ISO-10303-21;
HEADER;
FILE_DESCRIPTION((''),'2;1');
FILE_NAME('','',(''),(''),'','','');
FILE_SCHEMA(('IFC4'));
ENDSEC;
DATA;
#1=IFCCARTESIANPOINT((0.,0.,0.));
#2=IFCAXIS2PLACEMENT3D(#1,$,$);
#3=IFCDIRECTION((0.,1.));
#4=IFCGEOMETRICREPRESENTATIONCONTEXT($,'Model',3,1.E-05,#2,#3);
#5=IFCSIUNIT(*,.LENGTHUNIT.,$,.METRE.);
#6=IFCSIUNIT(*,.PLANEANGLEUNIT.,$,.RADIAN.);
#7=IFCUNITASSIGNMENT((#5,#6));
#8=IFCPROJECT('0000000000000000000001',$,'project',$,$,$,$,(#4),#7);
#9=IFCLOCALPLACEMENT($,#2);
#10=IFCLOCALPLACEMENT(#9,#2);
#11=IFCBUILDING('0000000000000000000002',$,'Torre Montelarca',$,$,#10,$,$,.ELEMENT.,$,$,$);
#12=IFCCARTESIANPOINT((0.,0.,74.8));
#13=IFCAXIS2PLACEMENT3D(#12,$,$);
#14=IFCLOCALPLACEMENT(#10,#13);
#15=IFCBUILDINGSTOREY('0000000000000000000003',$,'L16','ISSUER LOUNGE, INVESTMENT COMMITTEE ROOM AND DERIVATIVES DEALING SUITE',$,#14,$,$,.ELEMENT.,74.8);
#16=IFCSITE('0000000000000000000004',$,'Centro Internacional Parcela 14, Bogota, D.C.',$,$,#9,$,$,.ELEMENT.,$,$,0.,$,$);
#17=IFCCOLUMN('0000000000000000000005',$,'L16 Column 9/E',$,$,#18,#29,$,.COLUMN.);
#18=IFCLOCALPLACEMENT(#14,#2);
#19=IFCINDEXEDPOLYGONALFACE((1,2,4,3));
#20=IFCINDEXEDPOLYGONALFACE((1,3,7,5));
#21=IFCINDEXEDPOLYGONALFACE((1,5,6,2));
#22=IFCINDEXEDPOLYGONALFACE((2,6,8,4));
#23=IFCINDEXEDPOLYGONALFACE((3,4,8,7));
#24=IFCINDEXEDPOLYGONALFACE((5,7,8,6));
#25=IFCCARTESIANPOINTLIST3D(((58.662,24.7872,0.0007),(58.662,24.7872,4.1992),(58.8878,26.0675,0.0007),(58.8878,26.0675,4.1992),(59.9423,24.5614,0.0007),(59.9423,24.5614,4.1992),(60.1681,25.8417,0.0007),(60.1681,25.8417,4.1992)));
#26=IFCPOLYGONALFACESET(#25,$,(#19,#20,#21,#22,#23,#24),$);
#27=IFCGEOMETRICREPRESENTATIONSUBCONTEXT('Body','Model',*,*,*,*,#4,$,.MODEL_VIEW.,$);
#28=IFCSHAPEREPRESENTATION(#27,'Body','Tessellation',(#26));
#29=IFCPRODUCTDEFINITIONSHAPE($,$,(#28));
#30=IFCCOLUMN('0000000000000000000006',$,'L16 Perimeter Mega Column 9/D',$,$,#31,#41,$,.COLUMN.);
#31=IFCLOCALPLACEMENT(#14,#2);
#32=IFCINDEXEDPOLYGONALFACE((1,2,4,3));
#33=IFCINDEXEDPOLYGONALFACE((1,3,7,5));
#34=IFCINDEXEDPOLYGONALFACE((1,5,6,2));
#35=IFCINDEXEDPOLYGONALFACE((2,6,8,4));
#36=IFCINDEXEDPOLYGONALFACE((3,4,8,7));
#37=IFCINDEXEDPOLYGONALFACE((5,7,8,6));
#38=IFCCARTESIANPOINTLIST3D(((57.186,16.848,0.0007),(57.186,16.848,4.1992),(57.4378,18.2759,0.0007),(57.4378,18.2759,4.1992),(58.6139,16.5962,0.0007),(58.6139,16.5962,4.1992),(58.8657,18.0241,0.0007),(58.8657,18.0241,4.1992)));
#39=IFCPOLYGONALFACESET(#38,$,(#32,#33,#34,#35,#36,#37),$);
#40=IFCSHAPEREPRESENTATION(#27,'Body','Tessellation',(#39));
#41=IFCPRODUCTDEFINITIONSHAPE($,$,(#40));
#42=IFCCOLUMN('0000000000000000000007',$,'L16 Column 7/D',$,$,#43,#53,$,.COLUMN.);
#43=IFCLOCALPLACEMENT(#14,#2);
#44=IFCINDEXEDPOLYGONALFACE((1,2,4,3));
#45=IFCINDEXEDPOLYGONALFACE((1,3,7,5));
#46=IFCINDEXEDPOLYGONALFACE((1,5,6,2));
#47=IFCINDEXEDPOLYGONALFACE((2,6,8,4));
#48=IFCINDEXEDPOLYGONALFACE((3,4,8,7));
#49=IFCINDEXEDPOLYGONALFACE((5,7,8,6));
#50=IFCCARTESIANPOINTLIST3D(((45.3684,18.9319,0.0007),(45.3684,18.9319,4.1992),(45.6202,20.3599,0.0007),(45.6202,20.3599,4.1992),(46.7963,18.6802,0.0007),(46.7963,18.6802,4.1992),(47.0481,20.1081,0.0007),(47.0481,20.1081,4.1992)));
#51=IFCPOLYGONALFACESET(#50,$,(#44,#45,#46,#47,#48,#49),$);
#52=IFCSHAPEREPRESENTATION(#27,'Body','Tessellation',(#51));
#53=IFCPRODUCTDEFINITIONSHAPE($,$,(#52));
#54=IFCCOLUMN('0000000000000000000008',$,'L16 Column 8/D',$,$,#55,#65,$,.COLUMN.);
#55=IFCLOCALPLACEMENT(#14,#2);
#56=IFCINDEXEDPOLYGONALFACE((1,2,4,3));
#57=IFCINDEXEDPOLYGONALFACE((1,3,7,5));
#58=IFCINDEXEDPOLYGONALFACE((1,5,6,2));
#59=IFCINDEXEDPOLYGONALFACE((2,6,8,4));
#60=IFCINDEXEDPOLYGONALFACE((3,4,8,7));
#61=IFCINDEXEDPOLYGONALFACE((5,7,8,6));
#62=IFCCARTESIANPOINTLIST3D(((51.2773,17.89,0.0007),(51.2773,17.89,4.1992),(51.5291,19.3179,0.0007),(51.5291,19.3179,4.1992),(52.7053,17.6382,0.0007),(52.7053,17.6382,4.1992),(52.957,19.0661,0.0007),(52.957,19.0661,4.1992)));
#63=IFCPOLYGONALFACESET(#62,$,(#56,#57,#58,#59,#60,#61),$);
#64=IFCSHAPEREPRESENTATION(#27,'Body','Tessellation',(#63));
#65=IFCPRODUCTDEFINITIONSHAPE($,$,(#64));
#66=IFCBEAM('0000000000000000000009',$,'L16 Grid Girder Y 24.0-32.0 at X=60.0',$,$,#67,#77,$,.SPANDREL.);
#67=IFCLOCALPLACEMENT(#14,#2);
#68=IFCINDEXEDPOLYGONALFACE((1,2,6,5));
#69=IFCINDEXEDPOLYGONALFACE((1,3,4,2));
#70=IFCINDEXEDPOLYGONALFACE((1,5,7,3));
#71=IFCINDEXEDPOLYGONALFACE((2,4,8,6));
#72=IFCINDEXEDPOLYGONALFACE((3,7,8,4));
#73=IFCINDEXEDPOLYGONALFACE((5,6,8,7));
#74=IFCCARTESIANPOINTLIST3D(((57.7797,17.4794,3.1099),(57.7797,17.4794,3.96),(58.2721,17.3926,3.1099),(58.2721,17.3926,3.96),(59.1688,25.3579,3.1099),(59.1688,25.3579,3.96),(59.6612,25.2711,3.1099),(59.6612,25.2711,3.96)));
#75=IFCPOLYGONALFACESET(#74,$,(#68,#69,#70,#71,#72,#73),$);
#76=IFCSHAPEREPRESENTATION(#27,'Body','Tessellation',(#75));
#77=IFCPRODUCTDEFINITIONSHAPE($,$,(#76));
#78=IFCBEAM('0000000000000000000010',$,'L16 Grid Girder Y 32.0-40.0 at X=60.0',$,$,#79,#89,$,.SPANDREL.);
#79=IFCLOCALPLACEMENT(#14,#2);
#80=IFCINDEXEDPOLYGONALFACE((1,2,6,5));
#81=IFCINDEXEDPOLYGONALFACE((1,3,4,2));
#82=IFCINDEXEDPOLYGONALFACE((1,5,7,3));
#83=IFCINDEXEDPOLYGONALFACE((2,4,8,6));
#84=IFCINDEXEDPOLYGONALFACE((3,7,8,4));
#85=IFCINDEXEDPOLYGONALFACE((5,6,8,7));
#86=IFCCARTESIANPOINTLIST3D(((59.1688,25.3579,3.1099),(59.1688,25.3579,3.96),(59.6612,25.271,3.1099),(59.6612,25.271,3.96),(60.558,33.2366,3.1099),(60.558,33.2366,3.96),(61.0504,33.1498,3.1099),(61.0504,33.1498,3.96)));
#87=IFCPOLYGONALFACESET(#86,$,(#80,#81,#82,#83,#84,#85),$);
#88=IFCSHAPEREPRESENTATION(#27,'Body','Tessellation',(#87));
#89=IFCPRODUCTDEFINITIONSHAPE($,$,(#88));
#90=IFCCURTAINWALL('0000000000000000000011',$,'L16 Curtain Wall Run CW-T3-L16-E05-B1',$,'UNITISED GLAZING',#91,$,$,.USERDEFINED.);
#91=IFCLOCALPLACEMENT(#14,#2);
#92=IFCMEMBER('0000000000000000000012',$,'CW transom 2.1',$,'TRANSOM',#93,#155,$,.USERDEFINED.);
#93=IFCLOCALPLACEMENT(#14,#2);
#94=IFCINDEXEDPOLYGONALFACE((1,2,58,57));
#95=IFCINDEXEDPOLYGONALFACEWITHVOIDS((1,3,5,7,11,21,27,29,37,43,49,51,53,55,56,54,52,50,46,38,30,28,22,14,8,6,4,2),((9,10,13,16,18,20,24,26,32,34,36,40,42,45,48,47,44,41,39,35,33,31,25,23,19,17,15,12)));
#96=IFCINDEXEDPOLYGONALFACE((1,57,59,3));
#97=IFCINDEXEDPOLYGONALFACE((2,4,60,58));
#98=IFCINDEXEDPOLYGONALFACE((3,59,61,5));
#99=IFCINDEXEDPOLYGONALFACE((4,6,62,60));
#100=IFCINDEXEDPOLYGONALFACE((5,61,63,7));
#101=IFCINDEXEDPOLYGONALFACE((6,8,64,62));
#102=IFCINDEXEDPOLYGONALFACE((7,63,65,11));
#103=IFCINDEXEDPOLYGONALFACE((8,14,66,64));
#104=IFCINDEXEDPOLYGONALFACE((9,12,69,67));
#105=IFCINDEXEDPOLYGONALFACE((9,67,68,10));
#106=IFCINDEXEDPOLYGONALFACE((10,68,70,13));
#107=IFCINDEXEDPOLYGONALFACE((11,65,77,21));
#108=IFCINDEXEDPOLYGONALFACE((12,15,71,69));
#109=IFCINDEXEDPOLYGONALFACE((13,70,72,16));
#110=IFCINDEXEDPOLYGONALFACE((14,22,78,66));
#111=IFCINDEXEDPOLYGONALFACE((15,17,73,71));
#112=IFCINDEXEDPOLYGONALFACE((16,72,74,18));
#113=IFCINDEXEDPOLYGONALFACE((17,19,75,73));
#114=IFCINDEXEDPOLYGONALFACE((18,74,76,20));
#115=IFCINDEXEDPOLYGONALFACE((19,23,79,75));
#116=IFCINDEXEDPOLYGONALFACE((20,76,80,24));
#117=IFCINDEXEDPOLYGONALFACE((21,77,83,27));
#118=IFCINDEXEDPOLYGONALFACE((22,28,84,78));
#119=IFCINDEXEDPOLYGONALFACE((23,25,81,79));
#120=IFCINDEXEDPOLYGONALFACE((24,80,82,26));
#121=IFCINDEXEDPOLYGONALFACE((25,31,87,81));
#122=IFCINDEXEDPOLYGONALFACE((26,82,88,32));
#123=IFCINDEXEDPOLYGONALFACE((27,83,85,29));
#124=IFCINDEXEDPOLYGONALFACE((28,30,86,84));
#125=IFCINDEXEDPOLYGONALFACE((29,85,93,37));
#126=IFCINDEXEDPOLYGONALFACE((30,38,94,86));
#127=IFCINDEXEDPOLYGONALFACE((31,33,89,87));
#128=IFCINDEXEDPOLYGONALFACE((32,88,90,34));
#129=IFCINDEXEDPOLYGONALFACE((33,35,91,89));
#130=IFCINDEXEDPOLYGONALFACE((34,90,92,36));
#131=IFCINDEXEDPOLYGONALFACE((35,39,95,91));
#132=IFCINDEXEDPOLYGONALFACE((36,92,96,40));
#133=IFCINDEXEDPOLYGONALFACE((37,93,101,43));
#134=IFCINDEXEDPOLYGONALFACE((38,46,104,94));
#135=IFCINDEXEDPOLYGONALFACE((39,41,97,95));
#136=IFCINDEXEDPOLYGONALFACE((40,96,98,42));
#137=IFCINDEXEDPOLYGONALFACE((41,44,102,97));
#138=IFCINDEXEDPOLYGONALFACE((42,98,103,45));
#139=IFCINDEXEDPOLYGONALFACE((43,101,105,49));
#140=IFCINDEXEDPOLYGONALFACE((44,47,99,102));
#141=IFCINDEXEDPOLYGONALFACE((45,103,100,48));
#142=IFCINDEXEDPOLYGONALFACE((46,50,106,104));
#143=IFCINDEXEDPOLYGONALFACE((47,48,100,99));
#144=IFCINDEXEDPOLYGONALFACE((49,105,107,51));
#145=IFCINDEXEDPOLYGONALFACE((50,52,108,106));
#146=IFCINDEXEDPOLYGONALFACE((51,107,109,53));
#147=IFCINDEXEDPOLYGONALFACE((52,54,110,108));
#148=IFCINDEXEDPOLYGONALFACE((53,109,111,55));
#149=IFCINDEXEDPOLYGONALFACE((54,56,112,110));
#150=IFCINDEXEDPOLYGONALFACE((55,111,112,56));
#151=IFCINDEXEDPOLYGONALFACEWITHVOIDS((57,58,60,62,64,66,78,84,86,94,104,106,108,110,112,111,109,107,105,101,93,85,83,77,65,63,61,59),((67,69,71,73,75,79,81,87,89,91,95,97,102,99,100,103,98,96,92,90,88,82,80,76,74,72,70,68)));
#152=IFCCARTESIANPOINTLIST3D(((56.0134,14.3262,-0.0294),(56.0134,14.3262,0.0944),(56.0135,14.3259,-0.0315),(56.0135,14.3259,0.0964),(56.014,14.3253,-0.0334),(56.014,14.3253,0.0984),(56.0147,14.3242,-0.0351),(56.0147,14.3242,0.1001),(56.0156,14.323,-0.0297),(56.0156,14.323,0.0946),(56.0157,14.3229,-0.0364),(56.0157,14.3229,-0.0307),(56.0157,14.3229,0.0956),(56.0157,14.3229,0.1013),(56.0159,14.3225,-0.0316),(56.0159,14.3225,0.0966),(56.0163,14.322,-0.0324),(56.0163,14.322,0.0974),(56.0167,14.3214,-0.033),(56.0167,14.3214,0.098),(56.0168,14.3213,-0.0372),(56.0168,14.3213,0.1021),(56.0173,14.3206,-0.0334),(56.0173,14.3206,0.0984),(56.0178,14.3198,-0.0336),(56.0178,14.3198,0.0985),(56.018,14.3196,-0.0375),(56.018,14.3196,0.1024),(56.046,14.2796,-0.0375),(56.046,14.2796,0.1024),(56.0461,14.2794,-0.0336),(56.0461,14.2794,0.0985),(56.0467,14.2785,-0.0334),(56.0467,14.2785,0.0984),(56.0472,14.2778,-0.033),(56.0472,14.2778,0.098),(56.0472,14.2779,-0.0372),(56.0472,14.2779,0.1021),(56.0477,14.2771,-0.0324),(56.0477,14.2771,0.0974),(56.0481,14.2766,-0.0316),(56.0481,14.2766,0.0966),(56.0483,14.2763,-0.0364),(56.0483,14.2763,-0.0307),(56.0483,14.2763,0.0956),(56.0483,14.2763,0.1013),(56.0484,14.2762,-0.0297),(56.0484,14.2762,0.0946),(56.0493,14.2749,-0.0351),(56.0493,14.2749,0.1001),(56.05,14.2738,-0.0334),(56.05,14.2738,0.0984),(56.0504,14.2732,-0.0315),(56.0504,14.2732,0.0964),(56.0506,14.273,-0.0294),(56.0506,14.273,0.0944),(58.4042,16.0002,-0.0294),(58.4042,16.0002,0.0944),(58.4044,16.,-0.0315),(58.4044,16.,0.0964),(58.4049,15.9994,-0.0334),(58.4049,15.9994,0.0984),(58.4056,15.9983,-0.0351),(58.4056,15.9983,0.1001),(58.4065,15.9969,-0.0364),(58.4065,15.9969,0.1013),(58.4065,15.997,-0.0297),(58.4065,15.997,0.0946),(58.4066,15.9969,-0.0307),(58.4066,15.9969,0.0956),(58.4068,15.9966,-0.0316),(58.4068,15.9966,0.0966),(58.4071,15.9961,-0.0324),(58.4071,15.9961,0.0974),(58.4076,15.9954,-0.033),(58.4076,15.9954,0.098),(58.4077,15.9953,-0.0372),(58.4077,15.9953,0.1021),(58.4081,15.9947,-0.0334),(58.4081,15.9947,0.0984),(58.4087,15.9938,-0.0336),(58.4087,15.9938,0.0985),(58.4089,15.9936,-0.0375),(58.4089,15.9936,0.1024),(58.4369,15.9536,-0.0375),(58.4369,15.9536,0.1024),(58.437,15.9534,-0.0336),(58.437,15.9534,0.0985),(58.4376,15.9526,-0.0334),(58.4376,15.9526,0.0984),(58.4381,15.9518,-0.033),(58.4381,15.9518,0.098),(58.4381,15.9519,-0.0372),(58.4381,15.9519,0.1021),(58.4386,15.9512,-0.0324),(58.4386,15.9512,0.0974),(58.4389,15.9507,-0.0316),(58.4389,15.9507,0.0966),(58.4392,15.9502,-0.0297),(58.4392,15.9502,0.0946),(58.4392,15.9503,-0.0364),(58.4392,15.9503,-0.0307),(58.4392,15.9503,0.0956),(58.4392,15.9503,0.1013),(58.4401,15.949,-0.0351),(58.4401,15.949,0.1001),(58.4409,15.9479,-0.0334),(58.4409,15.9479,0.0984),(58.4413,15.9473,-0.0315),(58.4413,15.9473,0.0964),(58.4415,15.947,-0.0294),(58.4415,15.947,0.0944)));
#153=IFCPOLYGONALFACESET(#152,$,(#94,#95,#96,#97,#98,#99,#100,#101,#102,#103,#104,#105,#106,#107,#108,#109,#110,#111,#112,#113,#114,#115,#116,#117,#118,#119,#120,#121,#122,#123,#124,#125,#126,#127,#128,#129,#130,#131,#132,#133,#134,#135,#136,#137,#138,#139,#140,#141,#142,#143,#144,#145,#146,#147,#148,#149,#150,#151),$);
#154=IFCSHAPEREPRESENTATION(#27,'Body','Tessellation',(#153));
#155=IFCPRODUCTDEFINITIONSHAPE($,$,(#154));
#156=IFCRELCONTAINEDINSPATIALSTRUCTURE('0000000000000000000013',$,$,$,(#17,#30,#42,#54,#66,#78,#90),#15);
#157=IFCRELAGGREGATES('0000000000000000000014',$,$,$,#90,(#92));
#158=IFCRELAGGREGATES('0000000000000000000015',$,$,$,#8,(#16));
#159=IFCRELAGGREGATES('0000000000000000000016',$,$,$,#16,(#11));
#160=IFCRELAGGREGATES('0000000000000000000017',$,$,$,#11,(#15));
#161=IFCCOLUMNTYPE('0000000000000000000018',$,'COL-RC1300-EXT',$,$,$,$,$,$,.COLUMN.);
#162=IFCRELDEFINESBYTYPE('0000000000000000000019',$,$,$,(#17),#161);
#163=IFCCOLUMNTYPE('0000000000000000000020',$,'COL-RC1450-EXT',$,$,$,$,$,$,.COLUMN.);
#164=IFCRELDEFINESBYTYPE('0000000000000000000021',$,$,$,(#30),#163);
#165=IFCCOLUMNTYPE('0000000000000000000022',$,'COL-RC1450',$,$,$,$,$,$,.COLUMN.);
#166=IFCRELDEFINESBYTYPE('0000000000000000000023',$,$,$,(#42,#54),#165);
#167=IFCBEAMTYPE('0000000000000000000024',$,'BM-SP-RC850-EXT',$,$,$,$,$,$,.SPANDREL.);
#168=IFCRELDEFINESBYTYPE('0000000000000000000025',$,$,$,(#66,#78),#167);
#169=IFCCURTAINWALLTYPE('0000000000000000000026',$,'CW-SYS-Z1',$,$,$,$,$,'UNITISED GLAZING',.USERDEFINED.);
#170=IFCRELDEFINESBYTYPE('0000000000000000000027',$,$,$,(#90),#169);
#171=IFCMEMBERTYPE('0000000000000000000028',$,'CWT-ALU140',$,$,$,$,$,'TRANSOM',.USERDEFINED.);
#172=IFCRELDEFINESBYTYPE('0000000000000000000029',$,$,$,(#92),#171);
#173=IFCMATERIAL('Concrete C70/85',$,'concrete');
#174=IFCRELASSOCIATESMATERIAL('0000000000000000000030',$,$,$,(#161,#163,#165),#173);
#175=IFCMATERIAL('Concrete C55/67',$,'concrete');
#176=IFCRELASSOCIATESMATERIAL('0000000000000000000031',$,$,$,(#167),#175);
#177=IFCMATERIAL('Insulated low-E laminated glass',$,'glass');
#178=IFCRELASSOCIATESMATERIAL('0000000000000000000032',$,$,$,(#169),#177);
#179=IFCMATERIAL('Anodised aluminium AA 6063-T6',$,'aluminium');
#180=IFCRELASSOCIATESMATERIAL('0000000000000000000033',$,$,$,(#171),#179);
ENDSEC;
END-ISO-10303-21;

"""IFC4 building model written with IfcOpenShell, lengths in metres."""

from ifc_helpers import new_model, si_unit, direction, frame, origin, origin_2d, place, context, subcontext, project, spatial, rectangle, hollow_rectangle, extrude, source, transform, mapped, material, material_profile, profile_set, type_object, element, aggregate, save


model = new_model("IFC4")

# Units and contexts
model_context = context("Model", 3, precision=1e-05, world=origin(), true_north=direction((0.0, 1.0)))
body_context = subcontext(model_context, "Body", "Model", "MODEL_VIEW")
ifc_project = project(units=[si_unit("LENGTHUNIT", "METRE"), si_unit("PLANEANGLEUNIT", "RADIAN")], contexts=[model_context])

# Site, building, storey
site_placement = place(None, origin())
site = spatial("IfcSite", under=ifc_project, at=site_placement, Name="Centro Internacional Parcela 14, Bogota, D.C.", CompositionType="ELEMENT", RefElevation=0.0)
building_placement = place(site_placement, origin())
building = spatial("IfcBuilding", under=site, at=building_placement, Name="Torre Montelarca", CompositionType="ELEMENT")
storey_placement = place(building_placement, frame((0.0, 0.0, 74.8)))
storey = spatial("IfcBuildingStorey", under=building, at=storey_placement, Name="L16", Description="ISSUER LOUNGE, INVESTMENT COMMITTEE ROOM AND DERIVATIVES DEALING SUITE", CompositionType="ELEMENT", Elevation=74.8)

# Columns
ifc_material_1 = material(Name="Concrete C70/85", Category="concrete")
ifc_material_profile_1 = material_profile(ifc_material_1, rectangle(XDim=1.3, YDim=1.3, at=origin_2d()), Name="RC1300X1300", Category="concrete")
ifc_profile_set_1 = profile_set([ifc_material_profile_1], Name="Concrete C70/85")
column_type_1 = type_object("IfcColumnType", Name="COL-RC1300-EXT", PredefinedType="COLUMN", material=ifc_profile_set_1)
shared_shape_1 = source(origin(), body_context, "Body", "SweptSolid", [
    extrude(rectangle(XDim=1.3, YDim=1.3, at=origin_2d()), origin(), (0.0, 0.0, 1.0), 4.1985),
])
column_1_placement = place(storey_placement, frame((59.415, 25.3145, 0.0007), z_axis=(0.0, 0.0, 1.0), x_axis=(-0.984808, 0.173648, 0.0)))
element("IfcColumn", 1, at=column_1_placement, inside=storey, type_object=column_type_1, Name="L16 Column 9/E", PredefinedType="COLUMN", context=body_context, shape_type="MappedRepresentation", body=[
    mapped(shared_shape_1, transform((0.0, 0.0, 0.0), scale=1.0)),
])
ifc_material_profile_2 = material_profile(ifc_material_1, rectangle(XDim=1.45, YDim=1.45, at=origin_2d()), Name="RC1450X1450", Category="concrete")
ifc_profile_set_2 = profile_set([ifc_material_profile_2], Name="Concrete C70/85")
column_type_2 = type_object("IfcColumnType", Name="COL-RC1450-EXT", PredefinedType="COLUMN", material=ifc_profile_set_2)
shared_shape_2 = source(origin(), body_context, "Body", "SweptSolid", [
    extrude(rectangle(XDim=1.45, YDim=1.45, at=origin_2d()), origin(), (0.0, 0.0, 1.0), 4.1985),
])
column_2_placement = place(storey_placement, frame((58.0259, 17.436, 0.0007), z_axis=(0.0, 0.0, 1.0), x_axis=(-0.984808, 0.173648, 0.0)))
element("IfcColumn", 2, at=column_2_placement, inside=storey, type_object=column_type_2, Name="L16 Perimeter Mega Column 9/D", PredefinedType="COLUMN", context=body_context, shape_type="MappedRepresentation", body=[
    mapped(shared_shape_2, transform((0.0, 0.0, 0.0), scale=1.0)),
])
ifc_material_profile_3 = material_profile(ifc_material_1, rectangle(XDim=1.45, YDim=1.45, at=origin_2d()), Name="RC1450X1450", Category="concrete")
ifc_profile_set_3 = profile_set([ifc_material_profile_3], Name="Concrete C70/85")
column_type_3 = type_object("IfcColumnType", Name="COL-RC1450", PredefinedType="COLUMN", material=ifc_profile_set_3)
shared_shape_3 = source(origin(), body_context, "Body", "SweptSolid", [
    extrude(rectangle(XDim=1.45, YDim=1.45, at=origin_2d()), origin(), (0.0, 0.0, 1.0), 4.1985),
])
for number, where, z_axis, x_axis, name in (
    (3, (46.2083, 19.52, 0.0007), (0.0, 0.0, 1.0), (-0.984808, 0.173648, 0.0), "L16 Column 7/D"),
    (4, (52.1172, 18.478, 0.0007), (0.0, 0.0, 1.0), (-0.984808, 0.173648, 0.0), "L16 Column 8/D"),
):
    element("IfcColumn", number, at=place(storey_placement, frame(where, z_axis=z_axis, x_axis=x_axis)), inside=storey, type_object=column_type_3, Name=name, PredefinedType="COLUMN", context=body_context, shape_type="MappedRepresentation", body=[
        mapped(shared_shape_3, transform((0.0, 0.0, 0.0), scale=1.0)),
    ])

# Beams
ifc_material_2 = material(Name="Concrete C55/67", Category="concrete")
ifc_material_profile_4 = material_profile(ifc_material_2, rectangle(XDim=0.5, YDim=0.8501, at=origin_2d()), Name="RCB500X850", Category="concrete")
ifc_profile_set_4 = profile_set([ifc_material_profile_4], Name="Concrete C55/67")
beam_type = type_object("IfcBeamType", Name="BM-SP-RC850-EXT", PredefinedType="SPANDREL", material=ifc_profile_set_4)
shared_shape_4 = source(origin(), body_context, "Body", "SweptSolid", [
    extrude(rectangle(XDim=0.5, YDim=0.8501, at=origin_2d()), origin(), (0.0, 0.0, 1.0), 8.0),
])
beam_1_placement = place(storey_placement, frame((58.0259, 17.436, 3.5349), z_axis=(0.173646, 0.984808, 0.0), x_axis=(-0.984808, 0.173646, 0.0)))
element("IfcBeam", 5, at=beam_1_placement, inside=storey, type_object=beam_type, Name="L16 Grid Girder Y 24.0-32.0 at X=60.0", PredefinedType="SPANDREL", context=body_context, shape_type="MappedRepresentation", body=[
    mapped(shared_shape_4, transform((0.0, 0.0, 0.0), scale=1.0)),
])
shared_shape_5 = source(origin(), body_context, "Body", "SweptSolid", [
    extrude(rectangle(XDim=0.5, YDim=0.8501, at=origin_2d()), origin(), (0.0, 0.0, 1.0), 8.0002),
])
beam_2_placement = place(storey_placement, frame((59.415, 25.3145, 3.5349), z_axis=(0.173641, 0.984809, 0.0), x_axis=(-0.984809, 0.173641, 0.0)))
element("IfcBeam", 6, at=beam_2_placement, inside=storey, type_object=beam_type, Name="L16 Grid Girder Y 32.0-40.0 at X=60.0", PredefinedType="SPANDREL", context=body_context, shape_type="MappedRepresentation", body=[
    mapped(shared_shape_5, transform((0.0, 0.0, 0.0), scale=1.0)),
])

# Curtain wall, member
ifc_material_3 = material(Name="Insulated low-E laminated glass", Category="glass")
curtain_wall_type = type_object("IfcCurtainWallType", Name="CW-SYS-Z1", ElementType="UNITISED GLAZING", PredefinedType="USERDEFINED", material=ifc_material_3)
curtain_wall_1_placement = place(storey_placement, origin())
curtain_wall_1 = element("IfcCurtainWall", 7, at=curtain_wall_1_placement, inside=storey, type_object=curtain_wall_type, Name="L16 Curtain Wall Run CW-T3-L16-E05-B1", ObjectType="UNITISED GLAZING", PredefinedType="USERDEFINED")
ifc_material_4 = material(Name="Anodised aluminium AA 6063-T6", Category="aluminium")
ifc_material_profile_5 = material_profile(ifc_material_4, hollow_rectangle(XDim=0.0649, YDim=0.1399, WallThickness=0.0039, InnerFilletRadius=0.0039, OuterFilletRadius=0.0081, at=origin_2d()), Name="ALU65X140X4", Category="aluminium")
ifc_profile_set_5 = profile_set([ifc_material_profile_5], Name="Anodised aluminium AA 6063-T6")
member_type_1 = type_object("IfcMemberType", Name="CWT-ALU140", ElementType="TRANSOM", PredefinedType="USERDEFINED", material=ifc_profile_set_5)
shared_shape_6 = source(origin(), body_context, "Body", "SweptSolid", [
    extrude(hollow_rectangle(XDim=0.0649, YDim=0.1399, WallThickness=0.0039, InnerFilletRadius=0.0039, OuterFilletRadius=0.0081, at=origin_2d()), origin(), (0.0, 0.0, 1.0), 2.9187),
])
member_1_placement = place(storey_placement, frame((56.032, 14.2996, 0.0325), z_axis=(0.819157, 0.573569, 0.0), x_axis=(-0.573569, 0.819157, 0.0)))
member_1 = element("IfcMember", 8, at=member_1_placement, type_object=member_type_1, Name="CW transom 2.1", ObjectType="TRANSOM", PredefinedType="USERDEFINED", context=body_context, shape_type="MappedRepresentation", body=[
    mapped(shared_shape_6, transform((0.0, 0.0, 0.0), scale=1.0)),
])

aggregate(curtain_wall_1, [member_1])

save(model, "model.ifc")
